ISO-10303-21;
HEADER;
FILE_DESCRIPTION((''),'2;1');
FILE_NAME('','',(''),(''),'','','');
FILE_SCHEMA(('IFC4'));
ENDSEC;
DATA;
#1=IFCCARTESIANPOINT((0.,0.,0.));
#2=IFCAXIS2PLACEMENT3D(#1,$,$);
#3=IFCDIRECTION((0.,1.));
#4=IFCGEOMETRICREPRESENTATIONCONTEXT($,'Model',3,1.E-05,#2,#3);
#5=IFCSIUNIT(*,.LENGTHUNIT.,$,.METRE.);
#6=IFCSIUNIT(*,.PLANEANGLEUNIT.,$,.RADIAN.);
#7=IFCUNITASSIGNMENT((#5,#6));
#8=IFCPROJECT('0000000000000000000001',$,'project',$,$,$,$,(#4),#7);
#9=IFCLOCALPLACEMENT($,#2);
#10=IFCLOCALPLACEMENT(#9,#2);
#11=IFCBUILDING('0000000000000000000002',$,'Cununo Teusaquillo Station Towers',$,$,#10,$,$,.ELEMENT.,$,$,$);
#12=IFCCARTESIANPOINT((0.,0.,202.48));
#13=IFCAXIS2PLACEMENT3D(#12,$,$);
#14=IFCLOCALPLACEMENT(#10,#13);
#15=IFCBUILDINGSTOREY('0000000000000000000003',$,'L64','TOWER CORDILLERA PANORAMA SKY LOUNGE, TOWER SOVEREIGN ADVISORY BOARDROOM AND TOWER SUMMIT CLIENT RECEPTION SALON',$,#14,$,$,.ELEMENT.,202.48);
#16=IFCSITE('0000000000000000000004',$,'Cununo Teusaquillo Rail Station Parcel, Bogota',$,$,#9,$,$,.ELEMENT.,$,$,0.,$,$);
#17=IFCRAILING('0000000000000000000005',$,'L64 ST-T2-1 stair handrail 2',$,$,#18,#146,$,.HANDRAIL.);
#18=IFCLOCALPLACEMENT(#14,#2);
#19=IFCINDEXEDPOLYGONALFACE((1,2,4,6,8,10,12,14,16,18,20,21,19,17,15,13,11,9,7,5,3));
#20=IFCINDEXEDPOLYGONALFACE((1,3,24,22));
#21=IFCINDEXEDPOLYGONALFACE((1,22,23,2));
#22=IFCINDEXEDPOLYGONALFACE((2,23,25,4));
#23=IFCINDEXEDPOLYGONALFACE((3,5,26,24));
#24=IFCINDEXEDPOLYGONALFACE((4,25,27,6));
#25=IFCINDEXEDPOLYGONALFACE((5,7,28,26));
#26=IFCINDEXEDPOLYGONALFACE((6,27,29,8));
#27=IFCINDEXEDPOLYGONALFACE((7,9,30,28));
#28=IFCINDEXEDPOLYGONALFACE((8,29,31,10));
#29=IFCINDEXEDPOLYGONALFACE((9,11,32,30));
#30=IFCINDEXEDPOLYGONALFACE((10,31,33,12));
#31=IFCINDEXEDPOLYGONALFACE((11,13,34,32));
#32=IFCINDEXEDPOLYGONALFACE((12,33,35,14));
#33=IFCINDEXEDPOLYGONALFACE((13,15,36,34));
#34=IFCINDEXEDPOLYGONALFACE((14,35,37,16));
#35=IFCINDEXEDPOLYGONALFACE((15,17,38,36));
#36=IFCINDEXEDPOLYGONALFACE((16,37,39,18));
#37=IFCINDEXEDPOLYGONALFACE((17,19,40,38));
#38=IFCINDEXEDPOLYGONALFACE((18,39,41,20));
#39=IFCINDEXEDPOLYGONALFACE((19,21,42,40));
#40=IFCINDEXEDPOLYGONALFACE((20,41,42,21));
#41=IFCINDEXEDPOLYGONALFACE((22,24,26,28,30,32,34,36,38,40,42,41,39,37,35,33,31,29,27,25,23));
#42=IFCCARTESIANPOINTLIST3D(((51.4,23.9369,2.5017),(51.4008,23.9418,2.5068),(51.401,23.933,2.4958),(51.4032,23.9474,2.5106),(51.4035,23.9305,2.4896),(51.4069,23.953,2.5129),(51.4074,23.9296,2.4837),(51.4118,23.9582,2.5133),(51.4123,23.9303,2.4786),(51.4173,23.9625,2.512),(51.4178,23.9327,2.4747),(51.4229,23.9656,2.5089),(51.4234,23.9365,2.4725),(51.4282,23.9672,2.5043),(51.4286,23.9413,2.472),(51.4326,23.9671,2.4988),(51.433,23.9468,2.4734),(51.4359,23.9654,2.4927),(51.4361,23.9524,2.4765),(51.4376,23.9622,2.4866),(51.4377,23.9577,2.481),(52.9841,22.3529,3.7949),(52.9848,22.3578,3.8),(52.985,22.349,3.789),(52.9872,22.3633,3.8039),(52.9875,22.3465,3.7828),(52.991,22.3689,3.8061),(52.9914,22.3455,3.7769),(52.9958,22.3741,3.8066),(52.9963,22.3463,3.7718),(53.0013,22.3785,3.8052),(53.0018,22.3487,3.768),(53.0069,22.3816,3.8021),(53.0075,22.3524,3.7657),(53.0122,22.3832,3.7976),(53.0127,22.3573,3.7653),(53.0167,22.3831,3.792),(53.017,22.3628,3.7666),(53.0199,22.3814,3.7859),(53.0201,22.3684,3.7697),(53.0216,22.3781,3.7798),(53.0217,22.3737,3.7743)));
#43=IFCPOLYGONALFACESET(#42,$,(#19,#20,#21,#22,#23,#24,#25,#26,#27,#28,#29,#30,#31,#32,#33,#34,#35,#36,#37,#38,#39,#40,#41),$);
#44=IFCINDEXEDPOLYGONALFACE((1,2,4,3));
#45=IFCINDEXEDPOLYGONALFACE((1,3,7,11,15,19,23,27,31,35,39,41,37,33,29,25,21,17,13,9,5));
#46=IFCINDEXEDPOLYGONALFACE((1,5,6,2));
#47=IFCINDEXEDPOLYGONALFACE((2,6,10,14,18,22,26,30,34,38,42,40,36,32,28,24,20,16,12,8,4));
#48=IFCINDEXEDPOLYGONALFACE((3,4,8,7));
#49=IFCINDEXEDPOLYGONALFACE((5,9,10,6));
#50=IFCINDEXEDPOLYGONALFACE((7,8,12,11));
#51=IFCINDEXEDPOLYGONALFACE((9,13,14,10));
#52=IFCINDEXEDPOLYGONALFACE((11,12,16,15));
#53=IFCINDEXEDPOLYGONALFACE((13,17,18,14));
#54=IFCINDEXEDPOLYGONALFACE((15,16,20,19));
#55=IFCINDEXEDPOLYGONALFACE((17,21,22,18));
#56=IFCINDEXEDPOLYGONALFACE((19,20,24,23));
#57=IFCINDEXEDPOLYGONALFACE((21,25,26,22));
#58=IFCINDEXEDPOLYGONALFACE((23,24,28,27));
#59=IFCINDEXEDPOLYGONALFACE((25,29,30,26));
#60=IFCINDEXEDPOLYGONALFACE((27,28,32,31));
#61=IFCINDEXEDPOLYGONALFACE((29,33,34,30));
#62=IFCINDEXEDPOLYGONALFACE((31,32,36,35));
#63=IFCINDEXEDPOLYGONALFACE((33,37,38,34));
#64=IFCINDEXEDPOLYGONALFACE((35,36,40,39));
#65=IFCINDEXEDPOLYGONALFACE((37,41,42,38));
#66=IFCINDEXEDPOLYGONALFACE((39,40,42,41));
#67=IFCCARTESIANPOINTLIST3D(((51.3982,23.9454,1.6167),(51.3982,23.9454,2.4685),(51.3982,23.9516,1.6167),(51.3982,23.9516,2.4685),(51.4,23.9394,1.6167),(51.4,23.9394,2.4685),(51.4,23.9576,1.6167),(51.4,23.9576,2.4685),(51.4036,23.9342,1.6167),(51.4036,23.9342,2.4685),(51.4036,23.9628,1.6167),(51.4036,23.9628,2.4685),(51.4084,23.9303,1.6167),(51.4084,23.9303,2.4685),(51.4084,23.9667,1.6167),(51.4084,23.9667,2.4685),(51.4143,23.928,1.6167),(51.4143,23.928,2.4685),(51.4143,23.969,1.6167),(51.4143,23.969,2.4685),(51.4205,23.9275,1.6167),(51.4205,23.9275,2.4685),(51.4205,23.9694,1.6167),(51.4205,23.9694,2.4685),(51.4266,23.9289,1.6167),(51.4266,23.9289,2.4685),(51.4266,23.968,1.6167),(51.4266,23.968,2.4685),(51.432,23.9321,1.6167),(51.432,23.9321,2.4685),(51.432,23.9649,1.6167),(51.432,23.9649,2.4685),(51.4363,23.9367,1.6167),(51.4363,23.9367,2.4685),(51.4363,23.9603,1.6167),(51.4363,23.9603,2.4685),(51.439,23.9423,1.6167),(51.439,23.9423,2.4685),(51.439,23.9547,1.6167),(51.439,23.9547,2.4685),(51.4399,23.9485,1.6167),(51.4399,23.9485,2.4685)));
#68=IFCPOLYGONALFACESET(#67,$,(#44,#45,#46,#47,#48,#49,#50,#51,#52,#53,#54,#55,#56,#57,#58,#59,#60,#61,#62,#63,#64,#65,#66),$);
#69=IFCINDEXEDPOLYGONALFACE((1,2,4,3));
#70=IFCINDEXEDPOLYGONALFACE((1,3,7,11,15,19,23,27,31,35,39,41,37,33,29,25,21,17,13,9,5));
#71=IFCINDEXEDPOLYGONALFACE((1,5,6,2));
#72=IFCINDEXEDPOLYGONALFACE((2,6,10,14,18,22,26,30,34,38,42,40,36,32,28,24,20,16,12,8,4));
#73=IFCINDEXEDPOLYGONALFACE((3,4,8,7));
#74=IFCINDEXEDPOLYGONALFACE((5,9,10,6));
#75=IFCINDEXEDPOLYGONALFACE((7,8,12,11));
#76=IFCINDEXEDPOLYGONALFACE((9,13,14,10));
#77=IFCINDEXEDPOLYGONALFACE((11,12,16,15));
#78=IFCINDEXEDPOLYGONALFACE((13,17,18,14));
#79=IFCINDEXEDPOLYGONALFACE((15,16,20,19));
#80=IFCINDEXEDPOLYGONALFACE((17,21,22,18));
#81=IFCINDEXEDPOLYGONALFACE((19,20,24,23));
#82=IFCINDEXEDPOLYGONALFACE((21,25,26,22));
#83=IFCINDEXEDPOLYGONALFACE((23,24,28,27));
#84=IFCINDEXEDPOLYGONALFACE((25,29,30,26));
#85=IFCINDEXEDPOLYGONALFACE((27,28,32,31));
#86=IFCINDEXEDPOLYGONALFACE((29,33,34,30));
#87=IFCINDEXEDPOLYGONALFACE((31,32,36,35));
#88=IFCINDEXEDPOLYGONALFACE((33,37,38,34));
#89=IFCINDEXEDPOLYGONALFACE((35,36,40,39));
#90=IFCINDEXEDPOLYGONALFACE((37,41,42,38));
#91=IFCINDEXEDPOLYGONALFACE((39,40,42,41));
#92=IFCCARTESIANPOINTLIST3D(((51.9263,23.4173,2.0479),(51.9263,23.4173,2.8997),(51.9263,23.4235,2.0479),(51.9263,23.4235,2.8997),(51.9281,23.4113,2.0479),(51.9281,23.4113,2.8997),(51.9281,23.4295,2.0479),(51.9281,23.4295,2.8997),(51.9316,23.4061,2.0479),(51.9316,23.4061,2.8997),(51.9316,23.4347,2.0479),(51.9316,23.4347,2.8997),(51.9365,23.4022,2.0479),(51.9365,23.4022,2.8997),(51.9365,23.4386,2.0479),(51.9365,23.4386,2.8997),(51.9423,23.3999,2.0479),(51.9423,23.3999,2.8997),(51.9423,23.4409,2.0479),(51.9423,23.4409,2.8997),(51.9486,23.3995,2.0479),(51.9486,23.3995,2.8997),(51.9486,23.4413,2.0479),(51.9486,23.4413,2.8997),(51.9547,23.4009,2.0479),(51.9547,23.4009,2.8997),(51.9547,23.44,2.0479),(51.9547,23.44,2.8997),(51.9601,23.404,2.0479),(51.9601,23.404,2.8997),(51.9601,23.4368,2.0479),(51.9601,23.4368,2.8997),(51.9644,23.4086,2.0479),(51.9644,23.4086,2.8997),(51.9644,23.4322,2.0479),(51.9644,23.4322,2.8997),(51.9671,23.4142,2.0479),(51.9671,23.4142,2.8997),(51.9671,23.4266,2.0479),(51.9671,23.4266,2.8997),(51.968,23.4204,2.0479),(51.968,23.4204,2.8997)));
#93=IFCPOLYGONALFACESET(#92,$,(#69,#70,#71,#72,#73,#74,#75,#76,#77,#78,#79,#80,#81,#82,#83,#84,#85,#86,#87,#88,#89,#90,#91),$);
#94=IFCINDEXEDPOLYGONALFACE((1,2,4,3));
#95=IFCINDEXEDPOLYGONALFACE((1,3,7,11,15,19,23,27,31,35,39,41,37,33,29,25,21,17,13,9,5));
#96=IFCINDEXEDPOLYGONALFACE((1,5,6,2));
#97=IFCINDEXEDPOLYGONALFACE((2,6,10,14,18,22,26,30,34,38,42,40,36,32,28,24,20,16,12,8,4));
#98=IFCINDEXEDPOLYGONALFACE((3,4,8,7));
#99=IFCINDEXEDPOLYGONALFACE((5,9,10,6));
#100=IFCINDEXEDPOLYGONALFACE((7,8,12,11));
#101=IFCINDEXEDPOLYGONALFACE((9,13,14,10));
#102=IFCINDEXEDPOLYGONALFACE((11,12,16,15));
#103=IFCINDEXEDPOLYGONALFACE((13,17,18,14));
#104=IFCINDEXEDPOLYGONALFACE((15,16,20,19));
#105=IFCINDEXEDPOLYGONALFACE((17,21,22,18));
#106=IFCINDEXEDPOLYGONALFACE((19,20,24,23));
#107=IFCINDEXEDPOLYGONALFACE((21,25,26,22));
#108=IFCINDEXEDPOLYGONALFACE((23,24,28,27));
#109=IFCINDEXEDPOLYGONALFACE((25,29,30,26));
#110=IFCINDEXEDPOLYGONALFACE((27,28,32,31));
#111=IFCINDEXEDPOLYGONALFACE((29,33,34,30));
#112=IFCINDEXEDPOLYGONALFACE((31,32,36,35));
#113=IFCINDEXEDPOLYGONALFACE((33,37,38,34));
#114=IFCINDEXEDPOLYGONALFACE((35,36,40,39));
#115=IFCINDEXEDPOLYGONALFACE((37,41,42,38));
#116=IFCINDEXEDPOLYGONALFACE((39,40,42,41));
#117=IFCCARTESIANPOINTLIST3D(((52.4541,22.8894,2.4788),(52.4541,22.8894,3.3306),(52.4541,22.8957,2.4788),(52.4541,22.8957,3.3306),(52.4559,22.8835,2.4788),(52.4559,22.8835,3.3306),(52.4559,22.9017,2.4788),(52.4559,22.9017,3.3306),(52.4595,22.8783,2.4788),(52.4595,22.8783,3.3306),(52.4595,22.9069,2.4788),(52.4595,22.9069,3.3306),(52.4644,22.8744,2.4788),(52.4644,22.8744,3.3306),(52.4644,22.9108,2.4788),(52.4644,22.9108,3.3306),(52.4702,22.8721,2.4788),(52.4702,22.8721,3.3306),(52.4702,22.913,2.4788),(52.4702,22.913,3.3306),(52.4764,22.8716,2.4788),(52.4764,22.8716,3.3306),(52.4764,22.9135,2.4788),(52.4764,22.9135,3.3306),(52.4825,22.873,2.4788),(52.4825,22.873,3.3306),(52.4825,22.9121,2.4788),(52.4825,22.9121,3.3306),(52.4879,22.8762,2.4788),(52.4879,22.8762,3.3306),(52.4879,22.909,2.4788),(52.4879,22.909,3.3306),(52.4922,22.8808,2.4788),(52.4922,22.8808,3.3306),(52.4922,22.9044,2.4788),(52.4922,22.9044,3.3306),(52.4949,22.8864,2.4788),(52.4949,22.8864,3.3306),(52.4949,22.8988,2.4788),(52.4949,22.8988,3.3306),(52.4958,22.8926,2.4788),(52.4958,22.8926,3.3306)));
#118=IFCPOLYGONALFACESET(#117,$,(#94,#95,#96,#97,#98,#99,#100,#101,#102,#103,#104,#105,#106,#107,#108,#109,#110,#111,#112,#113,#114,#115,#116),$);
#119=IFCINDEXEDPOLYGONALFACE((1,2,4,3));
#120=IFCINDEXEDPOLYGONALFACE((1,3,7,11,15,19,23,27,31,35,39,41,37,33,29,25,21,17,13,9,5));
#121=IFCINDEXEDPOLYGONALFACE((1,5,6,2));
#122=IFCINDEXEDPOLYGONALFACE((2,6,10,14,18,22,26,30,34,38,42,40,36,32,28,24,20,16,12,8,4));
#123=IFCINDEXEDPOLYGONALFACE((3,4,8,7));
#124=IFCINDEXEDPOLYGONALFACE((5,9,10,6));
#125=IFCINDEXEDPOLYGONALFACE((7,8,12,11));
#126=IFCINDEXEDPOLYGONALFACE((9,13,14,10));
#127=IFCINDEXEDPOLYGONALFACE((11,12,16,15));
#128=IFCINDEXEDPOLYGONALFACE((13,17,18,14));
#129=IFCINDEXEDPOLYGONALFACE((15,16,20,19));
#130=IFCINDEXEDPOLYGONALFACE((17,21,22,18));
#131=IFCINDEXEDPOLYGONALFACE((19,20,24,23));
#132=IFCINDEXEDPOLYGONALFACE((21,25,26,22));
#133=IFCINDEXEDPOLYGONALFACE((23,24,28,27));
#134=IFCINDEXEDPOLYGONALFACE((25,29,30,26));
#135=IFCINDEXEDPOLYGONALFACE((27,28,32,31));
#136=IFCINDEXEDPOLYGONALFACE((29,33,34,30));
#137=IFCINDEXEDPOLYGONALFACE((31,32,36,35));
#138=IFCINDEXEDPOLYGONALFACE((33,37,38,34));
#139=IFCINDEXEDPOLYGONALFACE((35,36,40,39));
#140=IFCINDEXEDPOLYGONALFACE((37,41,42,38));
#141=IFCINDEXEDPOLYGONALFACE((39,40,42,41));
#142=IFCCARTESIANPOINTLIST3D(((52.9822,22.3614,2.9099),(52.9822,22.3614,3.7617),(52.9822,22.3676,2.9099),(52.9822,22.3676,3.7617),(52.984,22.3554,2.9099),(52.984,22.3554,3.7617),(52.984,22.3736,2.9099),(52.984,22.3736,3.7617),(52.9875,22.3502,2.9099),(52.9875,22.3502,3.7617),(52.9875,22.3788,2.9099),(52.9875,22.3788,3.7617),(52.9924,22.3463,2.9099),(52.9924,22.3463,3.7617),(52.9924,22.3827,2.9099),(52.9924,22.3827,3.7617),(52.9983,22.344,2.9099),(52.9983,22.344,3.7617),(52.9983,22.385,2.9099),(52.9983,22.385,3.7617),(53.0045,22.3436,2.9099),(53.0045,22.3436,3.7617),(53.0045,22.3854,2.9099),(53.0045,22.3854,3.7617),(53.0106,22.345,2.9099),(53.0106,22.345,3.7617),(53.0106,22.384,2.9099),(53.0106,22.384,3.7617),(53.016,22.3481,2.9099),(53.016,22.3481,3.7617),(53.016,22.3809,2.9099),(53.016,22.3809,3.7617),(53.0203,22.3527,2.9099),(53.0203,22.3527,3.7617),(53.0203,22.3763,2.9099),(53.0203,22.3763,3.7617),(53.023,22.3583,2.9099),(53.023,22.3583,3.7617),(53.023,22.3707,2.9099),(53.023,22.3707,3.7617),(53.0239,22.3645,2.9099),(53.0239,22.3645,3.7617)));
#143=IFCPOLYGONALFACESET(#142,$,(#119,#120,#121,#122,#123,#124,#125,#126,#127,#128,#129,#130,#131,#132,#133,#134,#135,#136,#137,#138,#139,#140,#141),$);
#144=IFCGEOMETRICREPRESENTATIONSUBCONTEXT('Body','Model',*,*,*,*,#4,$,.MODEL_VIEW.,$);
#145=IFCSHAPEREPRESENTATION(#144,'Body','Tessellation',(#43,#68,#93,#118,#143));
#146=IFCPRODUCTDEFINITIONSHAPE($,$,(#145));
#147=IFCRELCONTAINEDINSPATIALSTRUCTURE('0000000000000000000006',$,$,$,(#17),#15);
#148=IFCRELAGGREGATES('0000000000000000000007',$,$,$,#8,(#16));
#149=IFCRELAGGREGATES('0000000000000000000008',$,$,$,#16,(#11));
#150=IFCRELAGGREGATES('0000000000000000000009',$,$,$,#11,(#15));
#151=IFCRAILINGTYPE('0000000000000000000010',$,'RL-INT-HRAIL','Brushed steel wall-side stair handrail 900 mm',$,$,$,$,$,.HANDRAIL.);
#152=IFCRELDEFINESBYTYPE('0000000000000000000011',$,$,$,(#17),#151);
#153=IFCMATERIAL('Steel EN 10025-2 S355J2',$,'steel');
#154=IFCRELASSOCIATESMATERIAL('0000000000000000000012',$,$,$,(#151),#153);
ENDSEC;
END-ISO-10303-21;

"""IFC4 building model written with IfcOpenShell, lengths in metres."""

from ifc_helpers import new_model, si_unit, direction, frame, origin, origin_2d, place, context, subcontext, project, spatial, circle, extrude, material, type_object, element, save


model = new_model("IFC4")

# Units and contexts
model_context = context("Model", 3, precision=1e-05, world=origin(), true_north=direction((0.0, 1.0)))
body_context = subcontext(model_context, "Body", "Model", "MODEL_VIEW")
ifc_project = project(units=[si_unit("LENGTHUNIT", "METRE"), si_unit("PLANEANGLEUNIT", "RADIAN")], contexts=[model_context])

# Site, building, storey
site_placement = place(None, origin())
site = spatial("IfcSite", under=ifc_project, at=site_placement, Name="Cununo Teusaquillo Rail Station Parcel, Bogota", CompositionType="ELEMENT", RefElevation=0.0)
building_placement = place(site_placement, origin())
building = spatial("IfcBuilding", under=site, at=building_placement, Name="Cununo Teusaquillo Station Towers", CompositionType="ELEMENT")
storey_placement = place(building_placement, frame((0.0, 0.0, 202.48)))
storey = spatial("IfcBuildingStorey", under=building, at=storey_placement, Name="L64", Description="TOWER CORDILLERA PANORAMA SKY LOUNGE, TOWER SOVEREIGN ADVISORY BOARDROOM AND TOWER SUMMIT CLIENT RECEPTION SALON", CompositionType="ELEMENT", Elevation=202.48)

# Railing
ifc_material_1 = material(Name="Steel EN 10025-2 S355J2", Category="steel")
railing_type_1 = type_object("IfcRailingType", Name="RL-INT-HRAIL", Description="Brushed steel wall-side stair handrail 900 mm", PredefinedType="HANDRAIL", material=ifc_material_1)
railing_1_placement = place(storey_placement, frame((51.4189, 23.9485, 1.6167)))
element("IfcRailing", 1, at=railing_1_placement, inside=storey, type_object=railing_type_1, Name="L64 ST-T2-1 stair handrail 2", PredefinedType="HANDRAIL", context=body_context, shape_type="SweptSolid", body=[
    extrude(circle(Radius=0.0239, at=origin_2d()), frame((0.0, 0.0, 0.876), z_axis=(0.612385, -0.612385, 0.49997), x_axis=(0.707107, 0.707107, 0.0)), (0.0, 0.0, 1.0), 2.5867),
    extrude(circle(Radius=0.021, at=origin_2d()), origin(), (0.0, 0.0, 1.0), 0.8518),
    extrude(circle(Radius=0.021, at=origin_2d()), frame((0.5281, -0.5281, 0.4312)), (0.0, 0.0, 1.0), 0.8518),
    extrude(circle(Radius=0.021, at=origin_2d()), frame((1.0559, -1.0559, 0.8621)), (0.0, 0.0, 1.0), 0.8518),
    extrude(circle(Radius=0.021, at=origin_2d()), frame((1.584, -1.584, 1.2932)), (0.0, 0.0, 1.0), 0.8518),
])

save(model, "model.ifc")
